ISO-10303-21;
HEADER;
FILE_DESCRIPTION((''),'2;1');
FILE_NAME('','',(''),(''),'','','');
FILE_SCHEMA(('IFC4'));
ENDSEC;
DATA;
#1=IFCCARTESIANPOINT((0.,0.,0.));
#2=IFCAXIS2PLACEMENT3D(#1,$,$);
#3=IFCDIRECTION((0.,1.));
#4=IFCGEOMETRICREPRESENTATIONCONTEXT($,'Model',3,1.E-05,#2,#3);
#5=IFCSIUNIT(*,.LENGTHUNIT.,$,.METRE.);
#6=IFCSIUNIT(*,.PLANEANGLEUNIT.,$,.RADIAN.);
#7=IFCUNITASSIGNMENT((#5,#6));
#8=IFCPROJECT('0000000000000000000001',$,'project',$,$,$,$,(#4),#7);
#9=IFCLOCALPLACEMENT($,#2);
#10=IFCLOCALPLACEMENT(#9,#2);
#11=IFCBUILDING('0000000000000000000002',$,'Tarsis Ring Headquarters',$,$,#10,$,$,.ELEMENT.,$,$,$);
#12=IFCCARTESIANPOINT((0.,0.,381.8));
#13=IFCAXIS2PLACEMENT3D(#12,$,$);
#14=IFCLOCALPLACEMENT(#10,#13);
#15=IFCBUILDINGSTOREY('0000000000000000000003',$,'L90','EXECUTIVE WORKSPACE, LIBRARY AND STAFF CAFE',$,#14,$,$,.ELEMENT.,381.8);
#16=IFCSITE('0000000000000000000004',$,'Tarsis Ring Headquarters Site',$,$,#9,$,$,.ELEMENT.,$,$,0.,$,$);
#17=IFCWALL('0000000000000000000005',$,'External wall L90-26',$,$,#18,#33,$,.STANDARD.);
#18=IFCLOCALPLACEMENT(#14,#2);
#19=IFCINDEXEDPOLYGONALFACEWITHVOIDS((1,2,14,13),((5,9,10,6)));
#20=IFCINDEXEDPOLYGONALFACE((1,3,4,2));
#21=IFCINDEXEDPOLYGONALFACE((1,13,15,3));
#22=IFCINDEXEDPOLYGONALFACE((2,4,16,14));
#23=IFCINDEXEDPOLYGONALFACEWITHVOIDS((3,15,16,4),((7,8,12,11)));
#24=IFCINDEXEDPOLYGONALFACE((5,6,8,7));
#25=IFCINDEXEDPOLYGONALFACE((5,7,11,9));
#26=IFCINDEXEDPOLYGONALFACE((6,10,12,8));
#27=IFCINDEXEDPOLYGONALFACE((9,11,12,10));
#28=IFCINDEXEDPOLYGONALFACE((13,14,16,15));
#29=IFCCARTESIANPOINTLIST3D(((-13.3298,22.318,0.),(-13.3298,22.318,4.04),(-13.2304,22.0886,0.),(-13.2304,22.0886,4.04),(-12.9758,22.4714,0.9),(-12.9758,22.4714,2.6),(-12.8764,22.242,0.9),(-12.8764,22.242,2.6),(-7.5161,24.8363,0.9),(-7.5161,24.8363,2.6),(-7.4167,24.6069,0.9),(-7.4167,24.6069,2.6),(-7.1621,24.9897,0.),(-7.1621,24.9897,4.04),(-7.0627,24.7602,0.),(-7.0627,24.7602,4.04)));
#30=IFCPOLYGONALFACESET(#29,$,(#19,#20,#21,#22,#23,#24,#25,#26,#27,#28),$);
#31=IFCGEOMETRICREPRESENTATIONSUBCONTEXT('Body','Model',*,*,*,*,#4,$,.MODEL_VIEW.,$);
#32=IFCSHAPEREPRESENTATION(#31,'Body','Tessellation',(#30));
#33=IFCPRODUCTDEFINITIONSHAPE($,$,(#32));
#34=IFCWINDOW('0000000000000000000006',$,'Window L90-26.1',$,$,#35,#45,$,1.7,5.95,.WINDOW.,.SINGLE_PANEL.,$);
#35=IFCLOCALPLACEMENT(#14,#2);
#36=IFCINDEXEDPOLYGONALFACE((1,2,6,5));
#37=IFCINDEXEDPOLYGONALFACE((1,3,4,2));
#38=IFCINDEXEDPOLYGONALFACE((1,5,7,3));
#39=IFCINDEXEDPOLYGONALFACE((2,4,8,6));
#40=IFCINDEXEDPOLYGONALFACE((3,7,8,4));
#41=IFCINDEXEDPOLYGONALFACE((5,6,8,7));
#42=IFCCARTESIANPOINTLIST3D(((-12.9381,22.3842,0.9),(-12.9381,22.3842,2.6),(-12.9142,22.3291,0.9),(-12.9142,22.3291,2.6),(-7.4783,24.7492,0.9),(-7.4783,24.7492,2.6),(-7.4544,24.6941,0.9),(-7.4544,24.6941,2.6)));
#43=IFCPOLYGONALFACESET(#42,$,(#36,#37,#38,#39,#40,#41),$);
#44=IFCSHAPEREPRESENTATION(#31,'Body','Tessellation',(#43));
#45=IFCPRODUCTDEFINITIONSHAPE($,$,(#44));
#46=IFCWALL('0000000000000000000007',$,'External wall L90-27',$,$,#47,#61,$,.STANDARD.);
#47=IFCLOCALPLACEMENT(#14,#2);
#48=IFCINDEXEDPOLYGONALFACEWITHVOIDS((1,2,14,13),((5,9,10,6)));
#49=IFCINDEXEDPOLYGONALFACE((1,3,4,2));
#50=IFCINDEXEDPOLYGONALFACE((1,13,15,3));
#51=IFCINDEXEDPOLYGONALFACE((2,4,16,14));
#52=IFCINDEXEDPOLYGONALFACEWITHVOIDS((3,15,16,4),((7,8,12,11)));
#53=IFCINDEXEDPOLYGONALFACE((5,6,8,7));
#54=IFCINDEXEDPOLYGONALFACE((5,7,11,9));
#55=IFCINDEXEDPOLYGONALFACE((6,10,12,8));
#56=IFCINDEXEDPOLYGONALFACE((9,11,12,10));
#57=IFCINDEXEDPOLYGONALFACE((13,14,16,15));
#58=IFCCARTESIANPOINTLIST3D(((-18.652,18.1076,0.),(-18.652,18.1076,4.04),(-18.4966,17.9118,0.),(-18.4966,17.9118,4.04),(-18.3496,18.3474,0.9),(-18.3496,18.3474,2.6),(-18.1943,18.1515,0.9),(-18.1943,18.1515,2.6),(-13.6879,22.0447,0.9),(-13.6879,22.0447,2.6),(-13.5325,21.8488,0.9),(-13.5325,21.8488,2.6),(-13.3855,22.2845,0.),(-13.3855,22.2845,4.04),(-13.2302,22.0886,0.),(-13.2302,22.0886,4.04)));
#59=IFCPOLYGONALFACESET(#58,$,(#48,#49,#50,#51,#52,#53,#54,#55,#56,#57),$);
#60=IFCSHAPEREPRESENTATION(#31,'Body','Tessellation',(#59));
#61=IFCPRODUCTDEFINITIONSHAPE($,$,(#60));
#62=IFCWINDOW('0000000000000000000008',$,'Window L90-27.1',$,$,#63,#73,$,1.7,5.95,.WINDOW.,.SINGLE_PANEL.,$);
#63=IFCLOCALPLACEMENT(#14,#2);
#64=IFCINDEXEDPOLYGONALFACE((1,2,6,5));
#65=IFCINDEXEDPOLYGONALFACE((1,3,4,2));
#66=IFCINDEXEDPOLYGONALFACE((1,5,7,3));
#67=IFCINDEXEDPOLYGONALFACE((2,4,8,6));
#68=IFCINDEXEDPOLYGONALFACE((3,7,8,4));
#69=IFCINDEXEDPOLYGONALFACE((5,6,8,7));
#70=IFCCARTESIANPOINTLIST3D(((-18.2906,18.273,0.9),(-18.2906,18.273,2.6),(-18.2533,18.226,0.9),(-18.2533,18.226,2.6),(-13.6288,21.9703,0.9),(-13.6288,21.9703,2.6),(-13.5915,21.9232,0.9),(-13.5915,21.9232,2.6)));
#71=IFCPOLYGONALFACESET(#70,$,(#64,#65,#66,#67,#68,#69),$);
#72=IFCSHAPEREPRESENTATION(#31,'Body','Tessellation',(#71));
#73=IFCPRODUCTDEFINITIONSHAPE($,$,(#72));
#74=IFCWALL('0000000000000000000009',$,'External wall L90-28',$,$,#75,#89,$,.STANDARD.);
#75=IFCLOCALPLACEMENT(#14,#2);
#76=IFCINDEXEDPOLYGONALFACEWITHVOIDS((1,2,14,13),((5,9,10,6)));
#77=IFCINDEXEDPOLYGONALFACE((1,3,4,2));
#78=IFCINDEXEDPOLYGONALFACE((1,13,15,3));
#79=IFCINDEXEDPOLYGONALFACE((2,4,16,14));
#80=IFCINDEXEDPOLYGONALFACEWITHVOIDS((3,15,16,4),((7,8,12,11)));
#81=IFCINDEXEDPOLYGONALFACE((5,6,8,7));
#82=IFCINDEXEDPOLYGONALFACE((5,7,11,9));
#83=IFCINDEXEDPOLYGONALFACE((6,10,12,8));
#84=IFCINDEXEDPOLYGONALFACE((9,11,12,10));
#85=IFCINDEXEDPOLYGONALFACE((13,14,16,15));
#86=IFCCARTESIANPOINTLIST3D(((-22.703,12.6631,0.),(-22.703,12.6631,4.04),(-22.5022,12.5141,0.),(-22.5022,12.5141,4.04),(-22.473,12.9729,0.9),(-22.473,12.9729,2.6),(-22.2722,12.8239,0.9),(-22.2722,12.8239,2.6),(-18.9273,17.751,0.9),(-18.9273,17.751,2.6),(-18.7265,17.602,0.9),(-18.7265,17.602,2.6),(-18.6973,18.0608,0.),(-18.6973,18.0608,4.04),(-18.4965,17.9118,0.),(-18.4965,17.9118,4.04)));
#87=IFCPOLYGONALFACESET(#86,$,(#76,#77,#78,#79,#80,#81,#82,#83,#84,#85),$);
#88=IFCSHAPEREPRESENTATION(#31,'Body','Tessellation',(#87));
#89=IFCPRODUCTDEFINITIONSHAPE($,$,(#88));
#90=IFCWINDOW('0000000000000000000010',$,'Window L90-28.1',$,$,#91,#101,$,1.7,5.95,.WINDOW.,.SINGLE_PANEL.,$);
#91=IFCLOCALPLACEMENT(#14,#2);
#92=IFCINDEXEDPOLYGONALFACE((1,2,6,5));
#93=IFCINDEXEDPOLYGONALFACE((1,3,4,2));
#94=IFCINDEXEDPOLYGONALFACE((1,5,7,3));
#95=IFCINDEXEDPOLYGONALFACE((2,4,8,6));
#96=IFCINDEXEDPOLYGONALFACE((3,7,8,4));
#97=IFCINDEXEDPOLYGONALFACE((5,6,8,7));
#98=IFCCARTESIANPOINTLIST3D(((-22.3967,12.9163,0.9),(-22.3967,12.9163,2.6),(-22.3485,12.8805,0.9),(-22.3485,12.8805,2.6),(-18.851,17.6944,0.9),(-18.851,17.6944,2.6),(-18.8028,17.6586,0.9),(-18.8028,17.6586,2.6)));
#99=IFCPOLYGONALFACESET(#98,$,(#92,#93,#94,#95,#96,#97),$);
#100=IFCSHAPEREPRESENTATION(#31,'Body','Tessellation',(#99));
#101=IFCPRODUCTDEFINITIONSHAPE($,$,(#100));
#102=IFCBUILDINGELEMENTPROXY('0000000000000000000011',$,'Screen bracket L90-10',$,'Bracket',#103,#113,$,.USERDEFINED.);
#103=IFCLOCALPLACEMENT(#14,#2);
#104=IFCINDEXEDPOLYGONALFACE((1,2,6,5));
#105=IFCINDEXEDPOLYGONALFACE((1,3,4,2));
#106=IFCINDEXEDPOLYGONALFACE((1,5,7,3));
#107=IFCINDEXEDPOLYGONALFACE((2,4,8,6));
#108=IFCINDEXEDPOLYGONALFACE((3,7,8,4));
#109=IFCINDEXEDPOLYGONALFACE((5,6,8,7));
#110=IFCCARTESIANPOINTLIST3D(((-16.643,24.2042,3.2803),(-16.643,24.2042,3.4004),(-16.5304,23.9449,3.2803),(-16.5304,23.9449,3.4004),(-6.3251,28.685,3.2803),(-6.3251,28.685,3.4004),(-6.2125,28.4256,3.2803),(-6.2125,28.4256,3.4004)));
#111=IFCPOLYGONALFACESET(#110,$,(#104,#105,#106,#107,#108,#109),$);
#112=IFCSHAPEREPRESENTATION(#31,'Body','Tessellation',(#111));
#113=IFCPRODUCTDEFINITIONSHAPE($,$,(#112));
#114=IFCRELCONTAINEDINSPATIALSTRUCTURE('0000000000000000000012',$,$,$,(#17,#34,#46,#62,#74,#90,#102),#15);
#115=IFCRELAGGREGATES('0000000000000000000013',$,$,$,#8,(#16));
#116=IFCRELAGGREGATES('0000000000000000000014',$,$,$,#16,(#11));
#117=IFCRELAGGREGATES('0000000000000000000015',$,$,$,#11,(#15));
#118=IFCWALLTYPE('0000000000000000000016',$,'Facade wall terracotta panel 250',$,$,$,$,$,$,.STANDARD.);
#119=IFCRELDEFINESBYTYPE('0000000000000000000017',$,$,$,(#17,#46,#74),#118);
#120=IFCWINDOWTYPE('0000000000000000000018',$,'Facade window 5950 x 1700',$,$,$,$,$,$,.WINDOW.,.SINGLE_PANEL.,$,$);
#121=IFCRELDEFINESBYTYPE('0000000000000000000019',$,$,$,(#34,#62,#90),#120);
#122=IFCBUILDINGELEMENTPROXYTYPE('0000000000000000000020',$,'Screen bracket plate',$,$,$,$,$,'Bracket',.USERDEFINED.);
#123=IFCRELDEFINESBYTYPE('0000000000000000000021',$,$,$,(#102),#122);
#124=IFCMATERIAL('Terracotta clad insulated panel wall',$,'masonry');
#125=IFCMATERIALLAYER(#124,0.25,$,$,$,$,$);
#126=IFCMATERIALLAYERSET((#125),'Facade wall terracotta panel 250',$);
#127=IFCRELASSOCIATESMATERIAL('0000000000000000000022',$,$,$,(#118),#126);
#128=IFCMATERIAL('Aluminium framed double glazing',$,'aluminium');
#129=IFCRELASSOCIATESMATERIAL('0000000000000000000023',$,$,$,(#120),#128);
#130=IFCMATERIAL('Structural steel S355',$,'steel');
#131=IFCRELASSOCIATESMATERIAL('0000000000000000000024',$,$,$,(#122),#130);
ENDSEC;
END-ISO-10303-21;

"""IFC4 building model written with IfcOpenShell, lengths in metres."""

from ifc_helpers import new_model, si_unit, direction, frame, frame_2d, origin, origin_2d, place, context, subcontext, project, spatial, rectangle, extrude, material, layer, layer_set, type_object, element, fill, save


model = new_model("IFC4")

# Units and contexts
model_context = context("Model", 3, precision=1e-05, world=origin(), true_north=direction((0.0, 1.0)))
body_context = subcontext(model_context, "Body", "Model", "MODEL_VIEW")
ifc_project = project(units=[si_unit("LENGTHUNIT", "METRE"), si_unit("PLANEANGLEUNIT", "RADIAN")], contexts=[model_context])

# Site, building, storey
site_placement = place(None, origin())
site = spatial("IfcSite", under=ifc_project, at=site_placement, Name="Tarsis Ring Headquarters Site", CompositionType="ELEMENT", RefElevation=0.0)
building_placement = place(site_placement, origin())
building = spatial("IfcBuilding", under=site, at=building_placement, Name="Tarsis Ring Headquarters", CompositionType="ELEMENT")
storey_placement = place(building_placement, frame((0.0, 0.0, 381.8)))
storey = spatial("IfcBuildingStorey", under=building, at=storey_placement, Name="L90", Description="EXECUTIVE WORKSPACE, LIBRARY AND STAFF CAFE", CompositionType="ELEMENT", Elevation=381.8)

# Shared definitions
ifc_material_1 = material(Name="Structural steel S355", Category="steel")

# Walls, openings, windows
ifc_material_2 = material(Name="Terracotta clad insulated panel wall", Category="masonry")
ifc_layer_1 = layer(ifc_material_2, 0.25)
ifc_layer_set_1 = layer_set([ifc_layer_1], Name="Facade wall terracotta panel 250")
wall_type_1 = type_object("IfcWallType", Name="Facade wall terracotta panel 250", PredefinedType="STANDARD", material=ifc_layer_set_1)
wall_1_placement = place(storey_placement, frame((-7.1123, 24.875, 0.0), z_axis=(0.0, 0.0, 1.0), x_axis=(-0.917613, -0.397476, 0.0)))
wall_1 = element("IfcWall", 1, at=wall_1_placement, inside=storey, type_object=wall_type_1, Name="External wall L90-26", PredefinedType="STANDARD", context=body_context, shape_type="SweptSolid", body=[
    extrude(rectangle(XDim=6.7214, YDim=0.25, at=frame_2d((3.3608, 0.0))), origin(), (0.0, 0.0, 1.0), 4.04),
])
opening_1_placement = place(wall_1_placement, frame((0.3857, 0.0, 0.8999)))
opening_1 = element("IfcOpeningElement", 2, at=opening_1_placement, cuts=wall_1, PredefinedType="OPENING", context=body_context, shape_type="SweptSolid", body=[
    extrude(rectangle(XDim=5.95, YDim=1.7, at=frame_2d((2.9751, 0.8501))), frame((0.0, 0.135, 0.0), z_axis=(0.0, -1.0, 0.0), x_axis=(1.0, 0.0, 0.0)), (0.0, 0.0, 1.0), 0.27),
])
ifc_material_3 = material(Name="Aluminium framed double glazing", Category="aluminium")
window_type = type_object("IfcWindowType", Name="Facade window 5950 x 1700", PartitioningType="SINGLE_PANEL", PredefinedType="WINDOW", material=ifc_material_3)
window_1_placement = place(opening_1_placement, origin())
window_1 = element("IfcWindow", 3, at=window_1_placement, inside=storey, type_object=window_type, Name="Window L90-26.1", OverallHeight=1.7, OverallWidth=5.95, PartitioningType="SINGLE_PANEL", PredefinedType="WINDOW", context=body_context, shape_type="SweptSolid", body=[
    extrude(rectangle(XDim=5.95, YDim=1.7, at=frame_2d((2.9751, 0.8501))), frame((0.0, 0.03, 0.0), z_axis=(0.0, -1.0, 0.0), x_axis=(1.0, 0.0, 0.0)), (0.0, 0.0, 1.0), 0.0601),
])
fill(opening_1, window_1)
wall_2_placement = place(storey_placement, frame((-13.3079, 22.1865, 0.0), z_axis=(0.0, 0.0, 1.0), x_axis=(-0.783498, -0.621394, 0.0)))
wall_2 = element("IfcWall", 4, at=wall_2_placement, inside=storey, type_object=wall_type_1, Name="External wall L90-27", PredefinedType="STANDARD", context=body_context, shape_type="SweptSolid", body=[
    extrude(rectangle(XDim=6.7217, YDim=0.25, at=frame_2d((3.3608, 0.0))), origin(), (0.0, 0.0, 1.0), 4.04),
])
opening_2_placement = place(wall_2_placement, frame((0.3857, 0.0, 0.8999)))
opening_2 = element("IfcOpeningElement", 5, at=opening_2_placement, cuts=wall_2, PredefinedType="OPENING", context=body_context, shape_type="SweptSolid", body=[
    extrude(rectangle(XDim=5.95, YDim=1.7, at=frame_2d((2.9751, 0.8501))), frame((0.0, 0.135, 0.0), z_axis=(0.0, -1.0, 0.0), x_axis=(1.0, 0.0, 0.0)), (0.0, 0.0, 1.0), 0.27),
])
window_2_placement = place(opening_2_placement, origin())
window_2 = element("IfcWindow", 6, at=window_2_placement, inside=storey, type_object=window_type, Name="Window L90-27.1", OverallHeight=1.7, OverallWidth=5.95, PartitioningType="SINGLE_PANEL", PredefinedType="WINDOW", context=body_context, shape_type="SweptSolid", body=[
    extrude(rectangle(XDim=5.95, YDim=1.7, at=frame_2d((2.9751, 0.8501))), frame((0.0, 0.03, 0.0), z_axis=(0.0, -1.0, 0.0), x_axis=(1.0, 0.0, 0.0)), (0.0, 0.0, 1.0), 0.0601),
])
fill(opening_2, window_2)
wall_3_placement = place(storey_placement, frame((-18.5969, 17.9863, 0.0), z_axis=(0.0, 0.0, 1.0), x_axis=(-0.59593, -0.803036, 0.0)))
wall_3 = element("IfcWall", 7, at=wall_3_placement, inside=storey, type_object=wall_type_1, Name="External wall L90-28", PredefinedType="STANDARD", context=body_context, shape_type="SweptSolid", body=[
    extrude(rectangle(XDim=6.7217, YDim=0.25, at=frame_2d((3.3608, 0.0))), origin(), (0.0, 0.0, 1.0), 4.04),
])
opening_3_placement = place(wall_3_placement, frame((0.3857, 0.0, 0.8999)))
opening_3 = element("IfcOpeningElement", 8, at=opening_3_placement, cuts=wall_3, PredefinedType="OPENING", context=body_context, shape_type="SweptSolid", body=[
    extrude(rectangle(XDim=5.95, YDim=1.7, at=frame_2d((2.9751, 0.8501))), frame((0.0, 0.135, 0.0), z_axis=(0.0, -1.0, 0.0), x_axis=(1.0, 0.0, 0.0)), (0.0, 0.0, 1.0), 0.27),
])
window_3_placement = place(opening_3_placement, origin())
window_3 = element("IfcWindow", 9, at=window_3_placement, inside=storey, type_object=window_type, Name="Window L90-28.1", OverallHeight=1.7, OverallWidth=5.95, PartitioningType="SINGLE_PANEL", PredefinedType="WINDOW", context=body_context, shape_type="SweptSolid", body=[
    extrude(rectangle(XDim=5.95, YDim=1.7, at=frame_2d((2.9751, 0.8501))), frame((0.0, 0.03, 0.0), z_axis=(0.0, -1.0, 0.0), x_axis=(1.0, 0.0, 0.0)), (0.0, 0.0, 1.0), 0.0601),
])
fill(opening_3, window_3)

# Building element proxy
building_element_proxy_type = type_object("IfcBuildingElementProxyType", Name="Screen bracket plate", ElementType="Bracket", PredefinedType="USERDEFINED", material=ifc_material_1)
proxy_placement = place(storey_placement, frame((-11.4277, 26.3149, 3.2803), z_axis=(0.0, 0.0, 1.0), x_axis=(-0.917243, -0.398329, 0.0)))
element("IfcBuildingElementProxy", 10, at=proxy_placement, inside=storey, type_object=building_element_proxy_type, Name="Screen bracket L90-10", ObjectType="Bracket", PredefinedType="USERDEFINED", context=body_context, shape_type="SweptSolid", body=[
    extrude(rectangle(XDim=11.2488, YDim=0.2827, at=origin_2d()), origin(), (0.0, 0.0, 1.0), 0.1201),
])

save(model, "model.ifc")
